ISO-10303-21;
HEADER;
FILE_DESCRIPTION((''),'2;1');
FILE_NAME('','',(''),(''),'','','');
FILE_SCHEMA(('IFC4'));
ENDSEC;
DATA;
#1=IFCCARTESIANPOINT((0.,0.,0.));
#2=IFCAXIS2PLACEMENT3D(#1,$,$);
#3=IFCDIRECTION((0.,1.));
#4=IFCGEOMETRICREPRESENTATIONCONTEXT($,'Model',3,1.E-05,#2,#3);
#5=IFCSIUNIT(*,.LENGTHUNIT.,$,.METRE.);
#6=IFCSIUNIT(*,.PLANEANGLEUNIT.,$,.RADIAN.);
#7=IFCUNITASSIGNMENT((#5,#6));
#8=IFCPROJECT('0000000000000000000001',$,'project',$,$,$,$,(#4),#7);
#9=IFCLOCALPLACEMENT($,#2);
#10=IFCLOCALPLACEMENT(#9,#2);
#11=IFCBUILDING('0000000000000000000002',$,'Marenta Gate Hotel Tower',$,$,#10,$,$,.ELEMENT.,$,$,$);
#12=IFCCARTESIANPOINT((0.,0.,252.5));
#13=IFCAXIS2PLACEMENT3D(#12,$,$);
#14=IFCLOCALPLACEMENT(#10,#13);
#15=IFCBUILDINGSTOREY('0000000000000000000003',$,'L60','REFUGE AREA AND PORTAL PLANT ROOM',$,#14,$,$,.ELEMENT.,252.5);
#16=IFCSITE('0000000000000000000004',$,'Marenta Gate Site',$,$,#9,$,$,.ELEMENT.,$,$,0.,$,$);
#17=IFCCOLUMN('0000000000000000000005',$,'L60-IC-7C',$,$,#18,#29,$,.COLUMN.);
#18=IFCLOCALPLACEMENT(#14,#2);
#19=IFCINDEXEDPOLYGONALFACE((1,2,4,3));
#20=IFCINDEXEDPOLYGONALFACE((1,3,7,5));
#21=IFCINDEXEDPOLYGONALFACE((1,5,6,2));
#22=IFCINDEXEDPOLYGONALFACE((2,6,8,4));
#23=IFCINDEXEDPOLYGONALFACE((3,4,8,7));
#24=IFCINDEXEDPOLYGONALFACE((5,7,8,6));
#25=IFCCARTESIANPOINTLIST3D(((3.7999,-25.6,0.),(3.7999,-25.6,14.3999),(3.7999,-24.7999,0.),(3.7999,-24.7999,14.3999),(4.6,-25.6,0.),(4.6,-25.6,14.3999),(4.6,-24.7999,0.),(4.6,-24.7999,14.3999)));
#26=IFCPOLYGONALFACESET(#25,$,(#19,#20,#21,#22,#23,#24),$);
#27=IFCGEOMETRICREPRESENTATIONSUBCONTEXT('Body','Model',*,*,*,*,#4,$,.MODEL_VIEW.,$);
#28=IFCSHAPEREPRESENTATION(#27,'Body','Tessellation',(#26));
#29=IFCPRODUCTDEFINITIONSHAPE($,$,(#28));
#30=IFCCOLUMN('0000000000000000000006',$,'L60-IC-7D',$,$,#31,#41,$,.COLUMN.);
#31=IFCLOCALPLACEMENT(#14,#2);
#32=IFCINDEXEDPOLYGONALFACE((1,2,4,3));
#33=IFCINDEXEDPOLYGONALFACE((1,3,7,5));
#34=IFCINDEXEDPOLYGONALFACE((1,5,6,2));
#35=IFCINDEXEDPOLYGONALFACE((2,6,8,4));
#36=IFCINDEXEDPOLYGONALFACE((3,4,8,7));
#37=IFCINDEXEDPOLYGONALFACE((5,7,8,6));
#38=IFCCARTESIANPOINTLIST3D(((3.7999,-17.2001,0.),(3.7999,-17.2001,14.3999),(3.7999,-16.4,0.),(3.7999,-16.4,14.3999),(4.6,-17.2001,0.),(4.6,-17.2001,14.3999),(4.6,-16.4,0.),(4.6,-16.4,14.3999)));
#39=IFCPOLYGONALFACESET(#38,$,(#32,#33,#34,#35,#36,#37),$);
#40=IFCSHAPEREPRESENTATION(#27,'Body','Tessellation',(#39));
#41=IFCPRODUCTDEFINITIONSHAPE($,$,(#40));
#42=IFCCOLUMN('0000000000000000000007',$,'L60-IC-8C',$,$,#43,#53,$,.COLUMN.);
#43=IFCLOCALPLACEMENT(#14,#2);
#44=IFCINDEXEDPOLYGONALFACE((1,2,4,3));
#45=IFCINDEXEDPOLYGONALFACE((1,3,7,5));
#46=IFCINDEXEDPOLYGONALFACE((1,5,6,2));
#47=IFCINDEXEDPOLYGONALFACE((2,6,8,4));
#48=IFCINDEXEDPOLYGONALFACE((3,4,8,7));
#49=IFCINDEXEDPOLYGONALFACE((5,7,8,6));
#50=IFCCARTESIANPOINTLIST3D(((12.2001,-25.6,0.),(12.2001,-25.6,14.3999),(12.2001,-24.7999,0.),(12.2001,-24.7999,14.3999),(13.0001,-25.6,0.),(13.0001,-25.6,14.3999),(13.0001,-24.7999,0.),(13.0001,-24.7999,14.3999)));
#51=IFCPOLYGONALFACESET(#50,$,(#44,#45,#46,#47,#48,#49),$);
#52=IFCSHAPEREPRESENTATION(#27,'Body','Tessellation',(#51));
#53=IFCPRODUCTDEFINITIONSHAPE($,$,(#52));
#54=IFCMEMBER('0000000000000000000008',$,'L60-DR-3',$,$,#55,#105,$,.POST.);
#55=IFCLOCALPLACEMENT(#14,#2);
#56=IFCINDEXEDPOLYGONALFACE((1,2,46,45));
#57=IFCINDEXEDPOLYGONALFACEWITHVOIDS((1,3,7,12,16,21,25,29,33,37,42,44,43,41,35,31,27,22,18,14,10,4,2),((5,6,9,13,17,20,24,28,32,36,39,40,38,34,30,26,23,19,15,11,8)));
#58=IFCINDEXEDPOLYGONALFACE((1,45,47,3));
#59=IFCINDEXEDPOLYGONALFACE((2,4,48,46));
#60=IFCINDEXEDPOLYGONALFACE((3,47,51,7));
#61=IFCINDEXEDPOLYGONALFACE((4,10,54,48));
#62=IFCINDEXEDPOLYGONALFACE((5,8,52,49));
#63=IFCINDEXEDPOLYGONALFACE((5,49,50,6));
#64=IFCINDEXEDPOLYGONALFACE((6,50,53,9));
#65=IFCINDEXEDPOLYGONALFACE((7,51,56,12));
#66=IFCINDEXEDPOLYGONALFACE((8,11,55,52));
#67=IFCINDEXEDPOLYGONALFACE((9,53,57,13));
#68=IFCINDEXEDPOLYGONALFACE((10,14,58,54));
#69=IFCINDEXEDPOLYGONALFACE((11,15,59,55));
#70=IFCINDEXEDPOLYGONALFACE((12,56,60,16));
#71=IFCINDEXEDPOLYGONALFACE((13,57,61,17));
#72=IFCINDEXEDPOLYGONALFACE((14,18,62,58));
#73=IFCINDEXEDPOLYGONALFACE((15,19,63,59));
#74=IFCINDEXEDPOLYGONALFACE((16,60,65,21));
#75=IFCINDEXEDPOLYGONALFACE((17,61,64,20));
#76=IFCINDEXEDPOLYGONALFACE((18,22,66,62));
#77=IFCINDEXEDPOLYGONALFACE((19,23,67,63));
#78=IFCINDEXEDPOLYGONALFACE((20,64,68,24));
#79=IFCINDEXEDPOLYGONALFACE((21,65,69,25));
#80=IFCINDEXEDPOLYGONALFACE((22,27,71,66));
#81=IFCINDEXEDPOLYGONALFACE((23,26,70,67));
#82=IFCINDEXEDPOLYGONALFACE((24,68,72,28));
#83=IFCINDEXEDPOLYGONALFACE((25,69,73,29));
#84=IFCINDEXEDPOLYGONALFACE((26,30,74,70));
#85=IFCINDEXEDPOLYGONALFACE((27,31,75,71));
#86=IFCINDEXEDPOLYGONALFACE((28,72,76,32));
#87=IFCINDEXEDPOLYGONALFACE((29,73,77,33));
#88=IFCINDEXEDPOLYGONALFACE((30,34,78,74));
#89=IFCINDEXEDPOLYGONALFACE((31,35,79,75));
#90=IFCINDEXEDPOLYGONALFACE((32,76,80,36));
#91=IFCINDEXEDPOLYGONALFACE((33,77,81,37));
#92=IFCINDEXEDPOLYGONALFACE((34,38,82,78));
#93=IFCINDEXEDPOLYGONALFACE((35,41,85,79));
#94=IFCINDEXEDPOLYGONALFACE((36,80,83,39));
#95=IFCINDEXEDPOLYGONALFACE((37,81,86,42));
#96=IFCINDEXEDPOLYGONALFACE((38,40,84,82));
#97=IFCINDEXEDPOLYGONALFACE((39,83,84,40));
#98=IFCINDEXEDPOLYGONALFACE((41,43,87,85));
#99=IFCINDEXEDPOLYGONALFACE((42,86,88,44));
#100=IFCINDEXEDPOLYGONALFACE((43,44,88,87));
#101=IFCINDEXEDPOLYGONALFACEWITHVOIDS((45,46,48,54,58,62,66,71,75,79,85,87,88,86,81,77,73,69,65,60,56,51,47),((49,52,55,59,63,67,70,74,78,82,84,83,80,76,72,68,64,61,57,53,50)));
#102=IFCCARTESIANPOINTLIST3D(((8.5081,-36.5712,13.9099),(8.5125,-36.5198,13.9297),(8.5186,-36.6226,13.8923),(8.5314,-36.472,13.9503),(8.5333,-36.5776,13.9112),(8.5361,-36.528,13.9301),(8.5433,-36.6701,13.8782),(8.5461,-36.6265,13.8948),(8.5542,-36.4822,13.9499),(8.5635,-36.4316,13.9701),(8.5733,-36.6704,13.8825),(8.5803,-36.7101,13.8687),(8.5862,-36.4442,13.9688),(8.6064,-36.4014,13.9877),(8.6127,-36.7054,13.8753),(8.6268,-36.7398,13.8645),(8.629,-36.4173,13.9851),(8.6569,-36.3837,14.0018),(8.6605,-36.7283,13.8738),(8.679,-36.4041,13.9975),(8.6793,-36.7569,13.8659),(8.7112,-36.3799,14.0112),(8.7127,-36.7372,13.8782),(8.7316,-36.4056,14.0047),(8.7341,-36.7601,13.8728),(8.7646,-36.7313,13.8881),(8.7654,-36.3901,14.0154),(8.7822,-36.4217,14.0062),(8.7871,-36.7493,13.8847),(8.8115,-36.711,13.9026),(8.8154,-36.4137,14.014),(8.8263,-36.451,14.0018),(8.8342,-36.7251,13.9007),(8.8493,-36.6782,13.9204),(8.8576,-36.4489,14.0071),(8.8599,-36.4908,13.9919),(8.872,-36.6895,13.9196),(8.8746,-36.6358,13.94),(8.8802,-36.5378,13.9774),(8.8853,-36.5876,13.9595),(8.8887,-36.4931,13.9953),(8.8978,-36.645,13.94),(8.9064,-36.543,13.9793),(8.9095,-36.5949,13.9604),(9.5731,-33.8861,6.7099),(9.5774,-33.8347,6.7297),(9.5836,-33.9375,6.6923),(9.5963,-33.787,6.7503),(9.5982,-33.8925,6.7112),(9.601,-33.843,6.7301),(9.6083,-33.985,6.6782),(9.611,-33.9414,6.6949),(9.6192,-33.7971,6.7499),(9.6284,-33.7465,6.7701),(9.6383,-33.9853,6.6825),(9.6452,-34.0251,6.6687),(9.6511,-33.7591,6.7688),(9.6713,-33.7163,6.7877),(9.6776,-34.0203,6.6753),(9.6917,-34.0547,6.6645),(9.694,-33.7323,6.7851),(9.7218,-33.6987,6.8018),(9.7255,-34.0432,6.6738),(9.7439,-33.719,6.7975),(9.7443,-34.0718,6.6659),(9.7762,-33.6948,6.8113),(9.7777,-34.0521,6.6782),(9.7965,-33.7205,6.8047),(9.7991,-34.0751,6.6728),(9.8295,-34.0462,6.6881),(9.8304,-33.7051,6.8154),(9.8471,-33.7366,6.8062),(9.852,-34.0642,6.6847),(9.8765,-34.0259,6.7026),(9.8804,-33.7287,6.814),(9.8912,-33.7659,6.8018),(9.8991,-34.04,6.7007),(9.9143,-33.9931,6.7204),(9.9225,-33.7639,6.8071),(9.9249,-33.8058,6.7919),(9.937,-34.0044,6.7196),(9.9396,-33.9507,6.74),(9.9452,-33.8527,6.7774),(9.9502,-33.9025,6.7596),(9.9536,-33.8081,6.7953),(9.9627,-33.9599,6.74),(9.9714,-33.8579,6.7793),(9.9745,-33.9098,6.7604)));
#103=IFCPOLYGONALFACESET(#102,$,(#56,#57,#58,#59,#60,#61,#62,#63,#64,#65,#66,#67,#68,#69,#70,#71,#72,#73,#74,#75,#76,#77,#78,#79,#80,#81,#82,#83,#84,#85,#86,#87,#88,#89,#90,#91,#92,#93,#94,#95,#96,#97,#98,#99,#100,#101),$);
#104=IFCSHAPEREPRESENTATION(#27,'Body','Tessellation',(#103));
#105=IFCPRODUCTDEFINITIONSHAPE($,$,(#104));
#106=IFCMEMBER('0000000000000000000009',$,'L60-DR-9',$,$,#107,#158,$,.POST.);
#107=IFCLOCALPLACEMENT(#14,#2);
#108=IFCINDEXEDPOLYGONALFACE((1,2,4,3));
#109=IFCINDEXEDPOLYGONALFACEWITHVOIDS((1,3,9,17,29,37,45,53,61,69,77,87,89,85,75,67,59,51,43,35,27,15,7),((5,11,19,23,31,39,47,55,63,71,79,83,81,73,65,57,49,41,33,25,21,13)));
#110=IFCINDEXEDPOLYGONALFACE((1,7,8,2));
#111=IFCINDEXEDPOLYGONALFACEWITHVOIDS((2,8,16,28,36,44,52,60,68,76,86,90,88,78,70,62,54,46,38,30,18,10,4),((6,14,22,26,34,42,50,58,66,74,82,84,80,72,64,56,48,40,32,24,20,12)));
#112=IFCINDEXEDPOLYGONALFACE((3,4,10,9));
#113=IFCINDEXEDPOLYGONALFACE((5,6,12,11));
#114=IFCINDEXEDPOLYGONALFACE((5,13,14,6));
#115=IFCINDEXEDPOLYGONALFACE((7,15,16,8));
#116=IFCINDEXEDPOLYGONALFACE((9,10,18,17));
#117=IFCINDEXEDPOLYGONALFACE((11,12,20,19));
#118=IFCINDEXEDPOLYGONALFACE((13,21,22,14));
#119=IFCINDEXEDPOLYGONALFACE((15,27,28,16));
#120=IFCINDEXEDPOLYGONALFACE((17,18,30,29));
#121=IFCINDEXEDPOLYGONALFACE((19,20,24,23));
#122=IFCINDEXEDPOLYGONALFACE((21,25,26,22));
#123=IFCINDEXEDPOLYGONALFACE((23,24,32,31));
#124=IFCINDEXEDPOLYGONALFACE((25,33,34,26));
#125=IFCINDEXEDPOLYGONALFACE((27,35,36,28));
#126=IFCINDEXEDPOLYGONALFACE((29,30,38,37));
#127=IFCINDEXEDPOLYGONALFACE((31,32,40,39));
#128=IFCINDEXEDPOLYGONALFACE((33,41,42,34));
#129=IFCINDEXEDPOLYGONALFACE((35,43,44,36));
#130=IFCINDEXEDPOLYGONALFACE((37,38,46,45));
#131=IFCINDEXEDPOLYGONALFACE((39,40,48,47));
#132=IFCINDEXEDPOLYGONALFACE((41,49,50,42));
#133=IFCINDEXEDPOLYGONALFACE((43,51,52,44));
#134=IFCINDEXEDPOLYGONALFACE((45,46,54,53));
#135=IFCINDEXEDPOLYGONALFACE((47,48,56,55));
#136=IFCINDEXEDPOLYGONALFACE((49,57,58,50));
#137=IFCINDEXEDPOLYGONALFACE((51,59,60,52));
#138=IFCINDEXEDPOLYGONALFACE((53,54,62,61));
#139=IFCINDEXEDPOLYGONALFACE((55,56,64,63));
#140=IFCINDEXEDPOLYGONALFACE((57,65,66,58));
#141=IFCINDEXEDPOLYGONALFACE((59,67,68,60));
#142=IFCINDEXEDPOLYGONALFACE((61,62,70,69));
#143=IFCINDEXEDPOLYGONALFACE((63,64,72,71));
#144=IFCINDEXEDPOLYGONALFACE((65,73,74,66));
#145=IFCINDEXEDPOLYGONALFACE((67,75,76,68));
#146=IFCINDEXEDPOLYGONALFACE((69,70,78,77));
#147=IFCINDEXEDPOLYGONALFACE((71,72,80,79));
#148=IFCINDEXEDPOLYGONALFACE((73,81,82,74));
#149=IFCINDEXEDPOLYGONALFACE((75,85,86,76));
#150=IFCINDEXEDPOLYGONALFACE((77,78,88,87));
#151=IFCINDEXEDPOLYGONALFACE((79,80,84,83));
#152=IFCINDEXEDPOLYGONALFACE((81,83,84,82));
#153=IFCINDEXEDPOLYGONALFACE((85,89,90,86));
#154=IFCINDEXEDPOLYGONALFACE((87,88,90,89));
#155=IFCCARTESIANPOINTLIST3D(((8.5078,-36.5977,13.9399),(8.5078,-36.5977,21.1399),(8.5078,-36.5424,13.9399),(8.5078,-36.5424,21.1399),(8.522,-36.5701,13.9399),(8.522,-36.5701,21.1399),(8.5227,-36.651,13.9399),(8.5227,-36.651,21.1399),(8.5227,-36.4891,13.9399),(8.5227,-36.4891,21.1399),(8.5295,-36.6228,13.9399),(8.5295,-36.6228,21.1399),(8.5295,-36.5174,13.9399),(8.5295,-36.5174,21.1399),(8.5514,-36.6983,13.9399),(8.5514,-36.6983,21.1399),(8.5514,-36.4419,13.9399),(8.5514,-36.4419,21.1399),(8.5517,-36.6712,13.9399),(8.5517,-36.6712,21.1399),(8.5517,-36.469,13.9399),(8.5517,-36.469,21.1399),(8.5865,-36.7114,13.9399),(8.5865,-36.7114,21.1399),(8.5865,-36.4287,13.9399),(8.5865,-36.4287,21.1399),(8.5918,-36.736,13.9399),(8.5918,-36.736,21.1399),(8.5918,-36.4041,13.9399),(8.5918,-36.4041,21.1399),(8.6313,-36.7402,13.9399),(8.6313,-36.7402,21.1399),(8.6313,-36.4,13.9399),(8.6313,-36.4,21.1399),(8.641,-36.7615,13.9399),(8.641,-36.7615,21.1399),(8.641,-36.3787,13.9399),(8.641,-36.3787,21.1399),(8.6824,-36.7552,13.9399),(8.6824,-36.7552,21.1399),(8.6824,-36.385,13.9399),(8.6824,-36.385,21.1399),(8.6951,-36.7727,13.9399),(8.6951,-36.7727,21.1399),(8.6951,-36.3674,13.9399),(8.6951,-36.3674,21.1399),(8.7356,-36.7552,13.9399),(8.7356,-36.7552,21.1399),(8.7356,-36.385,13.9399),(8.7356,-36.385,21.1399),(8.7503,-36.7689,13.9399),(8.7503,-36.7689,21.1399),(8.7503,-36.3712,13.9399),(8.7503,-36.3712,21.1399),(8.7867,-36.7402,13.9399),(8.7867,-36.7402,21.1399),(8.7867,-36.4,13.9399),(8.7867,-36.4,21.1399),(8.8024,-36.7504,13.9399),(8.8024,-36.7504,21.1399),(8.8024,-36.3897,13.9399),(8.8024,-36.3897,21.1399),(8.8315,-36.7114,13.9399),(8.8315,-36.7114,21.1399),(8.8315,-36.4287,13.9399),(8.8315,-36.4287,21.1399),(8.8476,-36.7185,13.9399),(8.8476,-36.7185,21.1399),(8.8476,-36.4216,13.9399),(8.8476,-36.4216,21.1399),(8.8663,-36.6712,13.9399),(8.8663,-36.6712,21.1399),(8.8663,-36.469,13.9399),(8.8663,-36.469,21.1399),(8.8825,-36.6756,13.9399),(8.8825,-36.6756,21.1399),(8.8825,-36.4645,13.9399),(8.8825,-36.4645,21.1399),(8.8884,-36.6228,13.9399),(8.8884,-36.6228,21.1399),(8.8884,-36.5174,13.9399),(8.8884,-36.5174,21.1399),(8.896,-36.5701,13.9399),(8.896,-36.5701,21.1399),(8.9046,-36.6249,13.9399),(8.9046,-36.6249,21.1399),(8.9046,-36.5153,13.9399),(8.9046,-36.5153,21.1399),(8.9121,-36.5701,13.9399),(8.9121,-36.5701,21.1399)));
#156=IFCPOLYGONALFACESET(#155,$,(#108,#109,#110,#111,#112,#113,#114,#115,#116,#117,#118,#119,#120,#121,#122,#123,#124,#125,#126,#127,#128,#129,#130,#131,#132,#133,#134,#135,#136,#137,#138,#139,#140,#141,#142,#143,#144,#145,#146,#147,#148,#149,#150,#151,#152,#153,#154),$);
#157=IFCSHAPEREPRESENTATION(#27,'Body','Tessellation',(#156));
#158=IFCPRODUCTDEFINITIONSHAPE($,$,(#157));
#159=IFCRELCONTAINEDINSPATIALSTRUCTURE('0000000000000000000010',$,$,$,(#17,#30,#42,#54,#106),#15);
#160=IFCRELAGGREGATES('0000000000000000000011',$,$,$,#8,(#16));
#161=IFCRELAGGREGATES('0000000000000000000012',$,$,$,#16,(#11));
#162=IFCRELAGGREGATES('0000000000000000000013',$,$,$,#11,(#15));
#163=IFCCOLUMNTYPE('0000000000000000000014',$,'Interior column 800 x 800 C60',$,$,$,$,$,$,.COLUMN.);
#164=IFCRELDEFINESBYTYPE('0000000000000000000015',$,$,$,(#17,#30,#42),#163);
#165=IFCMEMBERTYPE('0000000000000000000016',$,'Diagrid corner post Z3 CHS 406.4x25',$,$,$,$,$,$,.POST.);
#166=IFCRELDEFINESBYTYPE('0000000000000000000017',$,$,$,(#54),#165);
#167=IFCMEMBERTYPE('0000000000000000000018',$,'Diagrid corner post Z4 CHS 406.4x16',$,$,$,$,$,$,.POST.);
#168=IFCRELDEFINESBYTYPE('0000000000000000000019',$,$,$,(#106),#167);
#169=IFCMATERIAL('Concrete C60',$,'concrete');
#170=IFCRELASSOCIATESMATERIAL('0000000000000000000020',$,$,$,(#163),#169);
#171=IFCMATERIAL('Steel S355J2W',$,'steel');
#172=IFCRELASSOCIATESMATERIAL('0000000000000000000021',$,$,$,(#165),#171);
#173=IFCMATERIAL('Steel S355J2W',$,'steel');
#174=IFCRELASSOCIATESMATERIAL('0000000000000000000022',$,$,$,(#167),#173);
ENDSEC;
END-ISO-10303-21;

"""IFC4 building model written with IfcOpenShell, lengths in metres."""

from ifc_helpers import new_model, si_unit, direction, frame, origin, origin_2d, place, context, subcontext, project, spatial, rectangle, hollow_circle, extrude, material, material_profile, profile_set, type_object, element, save


model = new_model("IFC4")

# Units and contexts
model_context = context("Model", 3, precision=1e-05, world=origin(), true_north=direction((0.0, 1.0)))
body_context = subcontext(model_context, "Body", "Model", "MODEL_VIEW")
ifc_project = project(units=[si_unit("LENGTHUNIT", "METRE"), si_unit("PLANEANGLEUNIT", "RADIAN")], contexts=[model_context])

# Site, building, storey
site_placement = place(None, origin())
site = spatial("IfcSite", under=ifc_project, at=site_placement, Name="Marenta Gate Site", CompositionType="ELEMENT", RefElevation=0.0)
building_placement = place(site_placement, origin())
building = spatial("IfcBuilding", under=site, at=building_placement, Name="Marenta Gate Hotel Tower", CompositionType="ELEMENT")
storey_placement = place(building_placement, frame((0.0, 0.0, 252.5)))
storey = spatial("IfcBuildingStorey", under=building, at=storey_placement, Name="L60", Description="REFUGE AREA AND PORTAL PLANT ROOM", CompositionType="ELEMENT", Elevation=252.5)

# Columns
ifc_material_1 = material(Name="Concrete C60", Category="concrete")
ifc_material_profile_1 = material_profile(ifc_material_1, rectangle(XDim=0.8, YDim=0.8, at=origin_2d()), Name="800 x 800")
ifc_profile_set_1 = profile_set([ifc_material_profile_1], Name="Concrete C60")
column_type = type_object("IfcColumnType", Name="Interior column 800 x 800 C60", PredefinedType="COLUMN", material=ifc_profile_set_1)
for number, where, z_axis, x_axis, name in (
    (1, (4.2, -25.2, 0.0), (0.0, 0.0, 1.0), (1.0, 0.0, 0.0), "L60-IC-7C"),
    (2, (4.2, -16.8, 0.0), (0.0, 0.0, 1.0), (1.0, 0.0, 0.0), "L60-IC-7D"),
    (3, (12.6001, -25.2, 0.0), (0.0, 0.0, 1.0), (1.0, 0.0, 0.0), "L60-IC-8C"),
):
    element("IfcColumn", number, at=place(storey_placement, frame(where, z_axis=z_axis, x_axis=x_axis)), inside=storey, type_object=column_type, Name=name, PredefinedType="COLUMN", context=body_context, shape_type="SweptSolid", body=[
        extrude(rectangle(XDim=0.8, YDim=0.8, at=origin_2d()), origin(), (0.0, 0.0, 1.0), 14.3999),
    ])

# Members
ifc_material_2 = material(Name="Steel S355J2W", Category="steel")
ifc_material_profile_2 = material_profile(ifc_material_2, hollow_circle(Radius=0.2031, WallThickness=0.0249, at=origin_2d()), Name="CHS 406.4x25")
ifc_profile_set_2 = profile_set([ifc_material_profile_2], Name="Steel S355J2W")
member_type_1 = type_object("IfcMemberType", Name="Diagrid corner post Z3 CHS 406.4x25", PredefinedType="POST", material=ifc_profile_set_2)
member_1_placement = place(storey_placement, frame((9.7739, -33.885, 6.74), z_axis=(-0.137274, -0.346112, 0.928096), x_axis=(0.929557, -0.368679, 0.0)))
element("IfcMember", 4, at=member_1_placement, inside=storey, type_object=member_type_1, Name="L60-DR-3", PredefinedType="POST", context=body_context, shape_type="SweptSolid", body=[
    extrude(hollow_circle(Radius=0.2031, WallThickness=0.0249, at=origin_2d()), origin(), (0.0, 0.0, 1.0), 7.7578),
])
ifc_material_3 = material(Name="Steel S355J2W", Category="steel")
ifc_material_profile_3 = material_profile(ifc_material_3, hollow_circle(Radius=0.2031, WallThickness=0.0161, at=origin_2d()), Name="CHS 406.4x16")
ifc_profile_set_3 = profile_set([ifc_material_profile_3], Name="Steel S355J2W")
member_type_2 = type_object("IfcMemberType", Name="Diagrid corner post Z4 CHS 406.4x16", PredefinedType="POST", material=ifc_profile_set_3)
member_2_placement = place(storey_placement, frame((8.709, -36.5701, 13.9399), z_axis=(0.0, 0.0, 1.0), x_axis=(1.0, 0.0, 0.0)))
element("IfcMember", 5, at=member_2_placement, inside=storey, type_object=member_type_2, Name="L60-DR-9", PredefinedType="POST", context=body_context, shape_type="SweptSolid", body=[
    extrude(hollow_circle(Radius=0.2031, WallThickness=0.0161, at=origin_2d()), origin(), (0.0, 0.0, 1.0), 7.2),
])

save(model, "model.ifc")
